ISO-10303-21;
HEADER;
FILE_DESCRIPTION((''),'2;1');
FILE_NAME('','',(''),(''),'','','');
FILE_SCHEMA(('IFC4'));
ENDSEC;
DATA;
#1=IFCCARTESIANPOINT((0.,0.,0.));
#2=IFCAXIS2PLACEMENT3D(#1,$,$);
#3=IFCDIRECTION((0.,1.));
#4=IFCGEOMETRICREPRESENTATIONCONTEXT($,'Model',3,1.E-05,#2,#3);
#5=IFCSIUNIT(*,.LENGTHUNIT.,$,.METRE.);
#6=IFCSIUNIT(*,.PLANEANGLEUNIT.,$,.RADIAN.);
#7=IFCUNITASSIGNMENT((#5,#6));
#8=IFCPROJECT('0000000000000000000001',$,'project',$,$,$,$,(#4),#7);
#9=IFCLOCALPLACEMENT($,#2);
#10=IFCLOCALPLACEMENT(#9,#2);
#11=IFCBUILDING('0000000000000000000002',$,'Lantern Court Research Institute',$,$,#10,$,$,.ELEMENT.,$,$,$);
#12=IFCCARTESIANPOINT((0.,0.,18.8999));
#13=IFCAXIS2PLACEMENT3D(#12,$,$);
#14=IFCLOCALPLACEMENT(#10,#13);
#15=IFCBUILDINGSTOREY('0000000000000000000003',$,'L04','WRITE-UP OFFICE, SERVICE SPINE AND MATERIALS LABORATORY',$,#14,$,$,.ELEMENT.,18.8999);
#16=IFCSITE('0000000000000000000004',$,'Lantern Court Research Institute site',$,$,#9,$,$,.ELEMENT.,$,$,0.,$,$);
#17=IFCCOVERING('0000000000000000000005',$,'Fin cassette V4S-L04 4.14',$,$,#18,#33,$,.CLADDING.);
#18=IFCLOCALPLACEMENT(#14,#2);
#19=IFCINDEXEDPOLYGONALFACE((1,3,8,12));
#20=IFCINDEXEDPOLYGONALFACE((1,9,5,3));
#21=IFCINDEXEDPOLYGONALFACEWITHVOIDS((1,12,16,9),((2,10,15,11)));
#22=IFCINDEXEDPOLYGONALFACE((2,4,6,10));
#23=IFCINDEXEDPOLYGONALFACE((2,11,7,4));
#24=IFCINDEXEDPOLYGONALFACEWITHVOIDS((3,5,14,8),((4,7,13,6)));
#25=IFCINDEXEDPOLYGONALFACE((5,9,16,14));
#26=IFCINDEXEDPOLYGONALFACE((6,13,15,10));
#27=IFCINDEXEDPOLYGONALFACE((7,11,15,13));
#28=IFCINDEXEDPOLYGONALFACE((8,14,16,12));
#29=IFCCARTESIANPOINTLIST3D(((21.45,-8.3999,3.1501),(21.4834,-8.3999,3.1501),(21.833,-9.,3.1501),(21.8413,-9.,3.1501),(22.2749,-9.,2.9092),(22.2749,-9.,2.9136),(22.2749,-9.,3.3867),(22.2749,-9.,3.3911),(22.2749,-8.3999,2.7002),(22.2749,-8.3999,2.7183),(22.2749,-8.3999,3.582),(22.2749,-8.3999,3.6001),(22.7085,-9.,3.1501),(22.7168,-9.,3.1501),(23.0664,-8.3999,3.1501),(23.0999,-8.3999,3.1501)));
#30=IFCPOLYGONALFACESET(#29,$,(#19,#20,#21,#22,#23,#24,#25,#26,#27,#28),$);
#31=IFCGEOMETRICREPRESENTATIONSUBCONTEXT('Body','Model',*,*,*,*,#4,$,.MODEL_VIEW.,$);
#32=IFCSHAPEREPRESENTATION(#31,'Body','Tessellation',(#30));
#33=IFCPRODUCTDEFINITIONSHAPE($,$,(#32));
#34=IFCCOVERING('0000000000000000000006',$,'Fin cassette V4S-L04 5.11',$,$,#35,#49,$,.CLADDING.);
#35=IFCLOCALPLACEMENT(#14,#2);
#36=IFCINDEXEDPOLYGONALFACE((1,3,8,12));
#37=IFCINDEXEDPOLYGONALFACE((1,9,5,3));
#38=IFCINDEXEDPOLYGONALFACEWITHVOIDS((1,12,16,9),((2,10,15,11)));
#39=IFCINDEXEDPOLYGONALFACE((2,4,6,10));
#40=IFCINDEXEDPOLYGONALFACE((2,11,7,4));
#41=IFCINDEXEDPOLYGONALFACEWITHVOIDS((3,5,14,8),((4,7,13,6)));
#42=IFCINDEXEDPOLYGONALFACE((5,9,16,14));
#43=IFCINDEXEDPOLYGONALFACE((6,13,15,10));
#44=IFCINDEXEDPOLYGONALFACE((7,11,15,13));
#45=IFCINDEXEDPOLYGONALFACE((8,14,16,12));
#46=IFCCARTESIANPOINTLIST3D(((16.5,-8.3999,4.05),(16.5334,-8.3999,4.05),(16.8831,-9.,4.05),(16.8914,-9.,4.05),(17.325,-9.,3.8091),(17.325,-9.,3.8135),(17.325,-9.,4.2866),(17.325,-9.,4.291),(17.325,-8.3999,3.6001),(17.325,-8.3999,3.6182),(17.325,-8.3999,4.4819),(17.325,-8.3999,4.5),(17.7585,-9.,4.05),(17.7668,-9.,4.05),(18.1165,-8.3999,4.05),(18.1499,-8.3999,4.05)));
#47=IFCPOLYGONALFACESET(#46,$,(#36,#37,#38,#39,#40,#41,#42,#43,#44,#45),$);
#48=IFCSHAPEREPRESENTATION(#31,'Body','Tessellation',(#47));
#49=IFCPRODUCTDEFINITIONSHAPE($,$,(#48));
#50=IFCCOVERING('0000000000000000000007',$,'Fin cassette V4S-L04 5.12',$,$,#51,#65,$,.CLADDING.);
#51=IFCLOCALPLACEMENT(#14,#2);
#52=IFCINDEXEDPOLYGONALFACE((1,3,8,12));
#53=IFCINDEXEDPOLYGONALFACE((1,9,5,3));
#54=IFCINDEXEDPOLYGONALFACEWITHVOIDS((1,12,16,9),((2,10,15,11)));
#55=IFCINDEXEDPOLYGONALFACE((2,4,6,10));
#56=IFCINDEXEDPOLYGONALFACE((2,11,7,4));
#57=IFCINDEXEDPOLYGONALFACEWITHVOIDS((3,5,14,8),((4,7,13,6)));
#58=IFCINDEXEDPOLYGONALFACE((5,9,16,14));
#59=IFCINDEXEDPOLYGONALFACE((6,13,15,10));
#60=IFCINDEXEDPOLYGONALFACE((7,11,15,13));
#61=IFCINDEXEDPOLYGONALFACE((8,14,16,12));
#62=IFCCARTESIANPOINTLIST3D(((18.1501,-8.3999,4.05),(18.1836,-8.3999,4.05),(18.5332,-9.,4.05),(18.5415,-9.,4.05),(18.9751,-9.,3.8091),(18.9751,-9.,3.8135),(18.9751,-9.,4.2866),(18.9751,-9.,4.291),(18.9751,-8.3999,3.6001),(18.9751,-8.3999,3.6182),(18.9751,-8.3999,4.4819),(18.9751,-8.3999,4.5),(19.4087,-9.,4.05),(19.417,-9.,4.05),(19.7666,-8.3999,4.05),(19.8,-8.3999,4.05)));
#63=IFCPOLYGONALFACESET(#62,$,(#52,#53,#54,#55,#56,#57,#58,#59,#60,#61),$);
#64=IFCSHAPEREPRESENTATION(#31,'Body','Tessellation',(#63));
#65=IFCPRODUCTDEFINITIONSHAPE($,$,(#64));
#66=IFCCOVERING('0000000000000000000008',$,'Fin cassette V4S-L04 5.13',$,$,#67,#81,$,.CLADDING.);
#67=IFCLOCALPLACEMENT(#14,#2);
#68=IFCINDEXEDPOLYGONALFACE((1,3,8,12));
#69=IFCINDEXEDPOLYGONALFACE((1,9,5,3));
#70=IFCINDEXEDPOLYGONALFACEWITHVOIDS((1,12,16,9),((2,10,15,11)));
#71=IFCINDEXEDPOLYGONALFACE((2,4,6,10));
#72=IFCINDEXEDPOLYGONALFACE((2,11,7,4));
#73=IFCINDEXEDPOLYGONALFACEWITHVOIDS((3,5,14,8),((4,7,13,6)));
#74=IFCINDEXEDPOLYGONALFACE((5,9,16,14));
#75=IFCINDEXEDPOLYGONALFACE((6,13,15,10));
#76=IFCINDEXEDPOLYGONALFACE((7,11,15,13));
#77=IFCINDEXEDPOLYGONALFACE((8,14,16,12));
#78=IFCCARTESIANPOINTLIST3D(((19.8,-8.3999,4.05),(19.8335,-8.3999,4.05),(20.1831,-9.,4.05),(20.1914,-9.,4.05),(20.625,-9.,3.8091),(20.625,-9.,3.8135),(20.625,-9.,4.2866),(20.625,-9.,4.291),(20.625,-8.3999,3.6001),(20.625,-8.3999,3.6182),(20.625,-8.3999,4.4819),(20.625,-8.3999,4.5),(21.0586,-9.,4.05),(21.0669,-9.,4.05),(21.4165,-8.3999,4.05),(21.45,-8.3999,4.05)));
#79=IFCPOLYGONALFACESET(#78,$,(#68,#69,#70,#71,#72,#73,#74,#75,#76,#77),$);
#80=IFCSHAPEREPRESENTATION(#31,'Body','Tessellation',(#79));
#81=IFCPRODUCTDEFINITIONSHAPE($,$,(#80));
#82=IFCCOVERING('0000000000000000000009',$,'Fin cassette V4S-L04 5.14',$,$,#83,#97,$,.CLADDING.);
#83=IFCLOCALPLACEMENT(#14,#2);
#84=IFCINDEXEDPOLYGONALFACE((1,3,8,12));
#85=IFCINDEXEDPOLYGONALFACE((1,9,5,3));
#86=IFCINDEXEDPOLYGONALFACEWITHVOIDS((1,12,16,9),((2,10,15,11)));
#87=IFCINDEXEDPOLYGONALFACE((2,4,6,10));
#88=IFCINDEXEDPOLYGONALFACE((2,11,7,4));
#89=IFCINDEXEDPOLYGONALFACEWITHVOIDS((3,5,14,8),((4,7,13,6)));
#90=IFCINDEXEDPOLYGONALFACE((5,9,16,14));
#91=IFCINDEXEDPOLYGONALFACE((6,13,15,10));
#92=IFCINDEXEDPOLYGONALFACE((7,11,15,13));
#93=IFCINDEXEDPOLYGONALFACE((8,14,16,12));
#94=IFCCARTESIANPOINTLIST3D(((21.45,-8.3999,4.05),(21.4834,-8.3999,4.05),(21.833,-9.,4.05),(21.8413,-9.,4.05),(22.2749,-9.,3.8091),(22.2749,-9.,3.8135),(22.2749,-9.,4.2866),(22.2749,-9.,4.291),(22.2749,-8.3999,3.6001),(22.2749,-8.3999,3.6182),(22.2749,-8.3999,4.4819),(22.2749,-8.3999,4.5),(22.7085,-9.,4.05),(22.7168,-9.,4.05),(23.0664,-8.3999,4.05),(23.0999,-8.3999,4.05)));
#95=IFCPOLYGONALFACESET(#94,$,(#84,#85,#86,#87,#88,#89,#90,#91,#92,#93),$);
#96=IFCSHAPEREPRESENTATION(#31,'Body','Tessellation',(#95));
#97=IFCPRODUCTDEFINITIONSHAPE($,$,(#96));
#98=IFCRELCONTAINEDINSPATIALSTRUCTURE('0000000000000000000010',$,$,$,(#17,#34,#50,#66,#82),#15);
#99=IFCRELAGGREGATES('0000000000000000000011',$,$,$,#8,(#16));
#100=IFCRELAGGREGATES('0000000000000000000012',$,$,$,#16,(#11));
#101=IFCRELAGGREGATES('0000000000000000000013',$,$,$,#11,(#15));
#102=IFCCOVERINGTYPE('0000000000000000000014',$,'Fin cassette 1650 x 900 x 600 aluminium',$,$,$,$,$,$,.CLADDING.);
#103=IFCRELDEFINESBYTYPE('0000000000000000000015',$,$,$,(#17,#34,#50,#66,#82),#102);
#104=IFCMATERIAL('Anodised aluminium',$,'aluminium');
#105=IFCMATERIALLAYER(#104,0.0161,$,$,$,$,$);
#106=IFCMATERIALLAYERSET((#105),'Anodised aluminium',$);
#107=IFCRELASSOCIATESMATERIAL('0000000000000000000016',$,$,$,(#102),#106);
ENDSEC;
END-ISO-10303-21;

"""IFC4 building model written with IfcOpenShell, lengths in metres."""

from ifc_helpers import new_model, entity, si_unit, direction, frame, origin, place, context, subcontext, project, spatial, material, layer, layer_set, type_object, element, save


model = new_model("IFC4")

# Units and contexts
model_context = context("Model", 3, precision=1e-05, world=origin(), true_north=direction((0.0, 1.0)))
body_context = subcontext(model_context, "Body", "Model", "MODEL_VIEW")
ifc_project = project(units=[si_unit("LENGTHUNIT", "METRE"), si_unit("PLANEANGLEUNIT", "RADIAN")], contexts=[model_context])

# Site, building, storey
site_placement = place(None, origin())
site = spatial("IfcSite", under=ifc_project, at=site_placement, Name="Lantern Court Research Institute site", CompositionType="ELEMENT", RefElevation=0.0)
building_placement = place(site_placement, origin())
building = spatial("IfcBuilding", under=site, at=building_placement, Name="Lantern Court Research Institute", CompositionType="ELEMENT")
storey_placement = place(building_placement, frame((0.0, 0.0, 18.8999)))
storey = spatial("IfcBuildingStorey", under=building, at=storey_placement, Name="L04", Description="WRITE-UP OFFICE, SERVICE SPINE AND MATERIALS LABORATORY", CompositionType="ELEMENT", Elevation=18.8999)

# Coverings
ifc_material_1 = material(Name="Anodised aluminium", Category="aluminium")
ifc_layer_1 = layer(ifc_material_1, 0.0161)
ifc_layer_set_1 = layer_set([ifc_layer_1], Name="Anodised aluminium")
covering_type = type_object("IfcCoveringType", Name="Fin cassette 1650 x 900 x 600 aluminium", PredefinedType="CLADDING", material=ifc_layer_set_1)
covering_1_placement = place(storey_placement, frame((22.2749, -8.3999, 3.1501), z_axis=(0.0, -1.0, 0.0), x_axis=(1.0, 0.0, 0.0)))
cartesian_point_1 = entity("IfcCartesianPoint", [0.825, 0.0])
cartesian_point_2 = entity("IfcCartesianPoint", [0.7915, 0.0])
cartesian_point_3 = entity("IfcCartesianPoint", [0.4419, 0.0])
cartesian_point_4 = entity("IfcCartesianPoint", [0.4336, 0.0])
element("IfcCovering", 1, at=covering_1_placement, inside=storey, type_object=covering_type, Name="Fin cassette V4S-L04 4.14", PredefinedType="CLADDING", context=body_context, shape_type="SweptSolid", body=[
    entity("IfcExtrudedAreaSolidTapered", entity("IfcArbitraryProfileDefWithVoids", "AREA", None, entity("IfcPolyline", [cartesian_point_1, entity("IfcCartesianPoint", [0.0, 0.45]), entity("IfcCartesianPoint", [-0.825, 0.0]), entity("IfcCartesianPoint", [0.0, -0.45]), cartesian_point_1]), [entity("IfcPolyline", [cartesian_point_2, entity("IfcCartesianPoint", [0.0, 0.4319]), entity("IfcCartesianPoint", [-0.7915, 0.0]), entity("IfcCartesianPoint", [0.0, -0.4319]), cartesian_point_2])]), entity("IfcAxis2Placement3D", entity("IfcCartesianPoint", [0.0, 0.0, 0.0])), entity("IfcDirection", [0.0, 0.0, 1.0]), 0.6001, entity("IfcArbitraryProfileDefWithVoids", "AREA", None, entity("IfcPolyline", [cartesian_point_3, entity("IfcCartesianPoint", [0.0, 0.241]), entity("IfcCartesianPoint", [-0.4419, 0.0]), entity("IfcCartesianPoint", [0.0, -0.241]), cartesian_point_3]), [entity("IfcPolyline", [cartesian_point_4, entity("IfcCartesianPoint", [0.0, 0.2366]), entity("IfcCartesianPoint", [-0.4336, 0.0]), entity("IfcCartesianPoint", [0.0, -0.2366]), cartesian_point_4])])),
])
covering_2_placement = place(storey_placement, frame((17.325, -8.3999, 4.05), z_axis=(0.0, -1.0, 0.0), x_axis=(1.0, 0.0, 0.0)))
cartesian_point_5 = entity("IfcCartesianPoint", [0.825, 0.0])
cartesian_point_6 = entity("IfcCartesianPoint", [0.7915, 0.0])
cartesian_point_7 = entity("IfcCartesianPoint", [0.4419, 0.0])
cartesian_point_8 = entity("IfcCartesianPoint", [0.4336, 0.0])
element("IfcCovering", 2, at=covering_2_placement, inside=storey, type_object=covering_type, Name="Fin cassette V4S-L04 5.11", PredefinedType="CLADDING", context=body_context, shape_type="SweptSolid", body=[
    entity("IfcExtrudedAreaSolidTapered", entity("IfcArbitraryProfileDefWithVoids", "AREA", None, entity("IfcPolyline", [cartesian_point_5, entity("IfcCartesianPoint", [0.0, 0.45]), entity("IfcCartesianPoint", [-0.825, 0.0]), entity("IfcCartesianPoint", [0.0, -0.45]), cartesian_point_5]), [entity("IfcPolyline", [cartesian_point_6, entity("IfcCartesianPoint", [0.0, 0.4319]), entity("IfcCartesianPoint", [-0.7915, 0.0]), entity("IfcCartesianPoint", [0.0, -0.4319]), cartesian_point_6])]), entity("IfcAxis2Placement3D", entity("IfcCartesianPoint", [0.0, 0.0, 0.0])), entity("IfcDirection", [0.0, 0.0, 1.0]), 0.6001, entity("IfcArbitraryProfileDefWithVoids", "AREA", None, entity("IfcPolyline", [cartesian_point_7, entity("IfcCartesianPoint", [0.0, 0.241]), entity("IfcCartesianPoint", [-0.4419, 0.0]), entity("IfcCartesianPoint", [0.0, -0.241]), cartesian_point_7]), [entity("IfcPolyline", [cartesian_point_8, entity("IfcCartesianPoint", [0.0, 0.2366]), entity("IfcCartesianPoint", [-0.4336, 0.0]), entity("IfcCartesianPoint", [0.0, -0.2366]), cartesian_point_8])])),
])
covering_3_placement = place(storey_placement, frame((18.9751, -8.3999, 4.05), z_axis=(0.0, -1.0, 0.0), x_axis=(1.0, 0.0, 0.0)))
cartesian_point_9 = entity("IfcCartesianPoint", [0.825, 0.0])
cartesian_point_10 = entity("IfcCartesianPoint", [0.7915, 0.0])
cartesian_point_11 = entity("IfcCartesianPoint", [0.4419, 0.0])
cartesian_point_12 = entity("IfcCartesianPoint", [0.4336, 0.0])
element("IfcCovering", 3, at=covering_3_placement, inside=storey, type_object=covering_type, Name="Fin cassette V4S-L04 5.12", PredefinedType="CLADDING", context=body_context, shape_type="SweptSolid", body=[
    entity("IfcExtrudedAreaSolidTapered", entity("IfcArbitraryProfileDefWithVoids", "AREA", None, entity("IfcPolyline", [cartesian_point_9, entity("IfcCartesianPoint", [0.0, 0.45]), entity("IfcCartesianPoint", [-0.825, 0.0]), entity("IfcCartesianPoint", [0.0, -0.45]), cartesian_point_9]), [entity("IfcPolyline", [cartesian_point_10, entity("IfcCartesianPoint", [0.0, 0.4319]), entity("IfcCartesianPoint", [-0.7915, 0.0]), entity("IfcCartesianPoint", [0.0, -0.4319]), cartesian_point_10])]), entity("IfcAxis2Placement3D", entity("IfcCartesianPoint", [0.0, 0.0, 0.0])), entity("IfcDirection", [0.0, 0.0, 1.0]), 0.6001, entity("IfcArbitraryProfileDefWithVoids", "AREA", None, entity("IfcPolyline", [cartesian_point_11, entity("IfcCartesianPoint", [0.0, 0.241]), entity("IfcCartesianPoint", [-0.4419, 0.0]), entity("IfcCartesianPoint", [0.0, -0.241]), cartesian_point_11]), [entity("IfcPolyline", [cartesian_point_12, entity("IfcCartesianPoint", [0.0, 0.2366]), entity("IfcCartesianPoint", [-0.4336, 0.0]), entity("IfcCartesianPoint", [0.0, -0.2366]), cartesian_point_12])])),
])
covering_4_placement = place(storey_placement, frame((20.625, -8.3999, 4.05), z_axis=(0.0, -1.0, 0.0), x_axis=(1.0, 0.0, 0.0)))
cartesian_point_13 = entity("IfcCartesianPoint", [0.825, 0.0])
cartesian_point_14 = entity("IfcCartesianPoint", [0.7915, 0.0])
cartesian_point_15 = entity("IfcCartesianPoint", [0.4419, 0.0])
cartesian_point_16 = entity("IfcCartesianPoint", [0.4336, 0.0])
element("IfcCovering", 4, at=covering_4_placement, inside=storey, type_object=covering_type, Name="Fin cassette V4S-L04 5.13", PredefinedType="CLADDING", context=body_context, shape_type="SweptSolid", body=[
    entity("IfcExtrudedAreaSolidTapered", entity("IfcArbitraryProfileDefWithVoids", "AREA", None, entity("IfcPolyline", [cartesian_point_13, entity("IfcCartesianPoint", [0.0, 0.45]), entity("IfcCartesianPoint", [-0.825, 0.0]), entity("IfcCartesianPoint", [0.0, -0.45]), cartesian_point_13]), [entity("IfcPolyline", [cartesian_point_14, entity("IfcCartesianPoint", [0.0, 0.4319]), entity("IfcCartesianPoint", [-0.7915, 0.0]), entity("IfcCartesianPoint", [0.0, -0.4319]), cartesian_point_14])]), entity("IfcAxis2Placement3D", entity("IfcCartesianPoint", [0.0, 0.0, 0.0])), entity("IfcDirection", [0.0, 0.0, 1.0]), 0.6001, entity("IfcArbitraryProfileDefWithVoids", "AREA", None, entity("IfcPolyline", [cartesian_point_15, entity("IfcCartesianPoint", [0.0, 0.241]), entity("IfcCartesianPoint", [-0.4419, 0.0]), entity("IfcCartesianPoint", [0.0, -0.241]), cartesian_point_15]), [entity("IfcPolyline", [cartesian_point_16, entity("IfcCartesianPoint", [0.0, 0.2366]), entity("IfcCartesianPoint", [-0.4336, 0.0]), entity("IfcCartesianPoint", [0.0, -0.2366]), cartesian_point_16])])),
])
covering_5_placement = place(storey_placement, frame((22.2749, -8.3999, 4.05), z_axis=(0.0, -1.0, 0.0), x_axis=(1.0, 0.0, 0.0)))
cartesian_point_17 = entity("IfcCartesianPoint", [0.825, 0.0])
cartesian_point_18 = entity("IfcCartesianPoint", [0.7915, 0.0])
cartesian_point_19 = entity("IfcCartesianPoint", [0.4419, 0.0])
cartesian_point_20 = entity("IfcCartesianPoint", [0.4336, 0.0])
element("IfcCovering", 5, at=covering_5_placement, inside=storey, type_object=covering_type, Name="Fin cassette V4S-L04 5.14", PredefinedType="CLADDING", context=body_context, shape_type="SweptSolid", body=[
    entity("IfcExtrudedAreaSolidTapered", entity("IfcArbitraryProfileDefWithVoids", "AREA", None, entity("IfcPolyline", [cartesian_point_17, entity("IfcCartesianPoint", [0.0, 0.45]), entity("IfcCartesianPoint", [-0.825, 0.0]), entity("IfcCartesianPoint", [0.0, -0.45]), cartesian_point_17]), [entity("IfcPolyline", [cartesian_point_18, entity("IfcCartesianPoint", [0.0, 0.4319]), entity("IfcCartesianPoint", [-0.7915, 0.0]), entity("IfcCartesianPoint", [0.0, -0.4319]), cartesian_point_18])]), entity("IfcAxis2Placement3D", entity("IfcCartesianPoint", [0.0, 0.0, 0.0])), entity("IfcDirection", [0.0, 0.0, 1.0]), 0.6001, entity("IfcArbitraryProfileDefWithVoids", "AREA", None, entity("IfcPolyline", [cartesian_point_19, entity("IfcCartesianPoint", [0.0, 0.241]), entity("IfcCartesianPoint", [-0.4419, 0.0]), entity("IfcCartesianPoint", [0.0, -0.241]), cartesian_point_19]), [entity("IfcPolyline", [cartesian_point_20, entity("IfcCartesianPoint", [0.0, 0.2366]), entity("IfcCartesianPoint", [-0.4336, 0.0]), entity("IfcCartesianPoint", [0.0, -0.2366]), cartesian_point_20])])),
])

save(model, "model.ifc")
